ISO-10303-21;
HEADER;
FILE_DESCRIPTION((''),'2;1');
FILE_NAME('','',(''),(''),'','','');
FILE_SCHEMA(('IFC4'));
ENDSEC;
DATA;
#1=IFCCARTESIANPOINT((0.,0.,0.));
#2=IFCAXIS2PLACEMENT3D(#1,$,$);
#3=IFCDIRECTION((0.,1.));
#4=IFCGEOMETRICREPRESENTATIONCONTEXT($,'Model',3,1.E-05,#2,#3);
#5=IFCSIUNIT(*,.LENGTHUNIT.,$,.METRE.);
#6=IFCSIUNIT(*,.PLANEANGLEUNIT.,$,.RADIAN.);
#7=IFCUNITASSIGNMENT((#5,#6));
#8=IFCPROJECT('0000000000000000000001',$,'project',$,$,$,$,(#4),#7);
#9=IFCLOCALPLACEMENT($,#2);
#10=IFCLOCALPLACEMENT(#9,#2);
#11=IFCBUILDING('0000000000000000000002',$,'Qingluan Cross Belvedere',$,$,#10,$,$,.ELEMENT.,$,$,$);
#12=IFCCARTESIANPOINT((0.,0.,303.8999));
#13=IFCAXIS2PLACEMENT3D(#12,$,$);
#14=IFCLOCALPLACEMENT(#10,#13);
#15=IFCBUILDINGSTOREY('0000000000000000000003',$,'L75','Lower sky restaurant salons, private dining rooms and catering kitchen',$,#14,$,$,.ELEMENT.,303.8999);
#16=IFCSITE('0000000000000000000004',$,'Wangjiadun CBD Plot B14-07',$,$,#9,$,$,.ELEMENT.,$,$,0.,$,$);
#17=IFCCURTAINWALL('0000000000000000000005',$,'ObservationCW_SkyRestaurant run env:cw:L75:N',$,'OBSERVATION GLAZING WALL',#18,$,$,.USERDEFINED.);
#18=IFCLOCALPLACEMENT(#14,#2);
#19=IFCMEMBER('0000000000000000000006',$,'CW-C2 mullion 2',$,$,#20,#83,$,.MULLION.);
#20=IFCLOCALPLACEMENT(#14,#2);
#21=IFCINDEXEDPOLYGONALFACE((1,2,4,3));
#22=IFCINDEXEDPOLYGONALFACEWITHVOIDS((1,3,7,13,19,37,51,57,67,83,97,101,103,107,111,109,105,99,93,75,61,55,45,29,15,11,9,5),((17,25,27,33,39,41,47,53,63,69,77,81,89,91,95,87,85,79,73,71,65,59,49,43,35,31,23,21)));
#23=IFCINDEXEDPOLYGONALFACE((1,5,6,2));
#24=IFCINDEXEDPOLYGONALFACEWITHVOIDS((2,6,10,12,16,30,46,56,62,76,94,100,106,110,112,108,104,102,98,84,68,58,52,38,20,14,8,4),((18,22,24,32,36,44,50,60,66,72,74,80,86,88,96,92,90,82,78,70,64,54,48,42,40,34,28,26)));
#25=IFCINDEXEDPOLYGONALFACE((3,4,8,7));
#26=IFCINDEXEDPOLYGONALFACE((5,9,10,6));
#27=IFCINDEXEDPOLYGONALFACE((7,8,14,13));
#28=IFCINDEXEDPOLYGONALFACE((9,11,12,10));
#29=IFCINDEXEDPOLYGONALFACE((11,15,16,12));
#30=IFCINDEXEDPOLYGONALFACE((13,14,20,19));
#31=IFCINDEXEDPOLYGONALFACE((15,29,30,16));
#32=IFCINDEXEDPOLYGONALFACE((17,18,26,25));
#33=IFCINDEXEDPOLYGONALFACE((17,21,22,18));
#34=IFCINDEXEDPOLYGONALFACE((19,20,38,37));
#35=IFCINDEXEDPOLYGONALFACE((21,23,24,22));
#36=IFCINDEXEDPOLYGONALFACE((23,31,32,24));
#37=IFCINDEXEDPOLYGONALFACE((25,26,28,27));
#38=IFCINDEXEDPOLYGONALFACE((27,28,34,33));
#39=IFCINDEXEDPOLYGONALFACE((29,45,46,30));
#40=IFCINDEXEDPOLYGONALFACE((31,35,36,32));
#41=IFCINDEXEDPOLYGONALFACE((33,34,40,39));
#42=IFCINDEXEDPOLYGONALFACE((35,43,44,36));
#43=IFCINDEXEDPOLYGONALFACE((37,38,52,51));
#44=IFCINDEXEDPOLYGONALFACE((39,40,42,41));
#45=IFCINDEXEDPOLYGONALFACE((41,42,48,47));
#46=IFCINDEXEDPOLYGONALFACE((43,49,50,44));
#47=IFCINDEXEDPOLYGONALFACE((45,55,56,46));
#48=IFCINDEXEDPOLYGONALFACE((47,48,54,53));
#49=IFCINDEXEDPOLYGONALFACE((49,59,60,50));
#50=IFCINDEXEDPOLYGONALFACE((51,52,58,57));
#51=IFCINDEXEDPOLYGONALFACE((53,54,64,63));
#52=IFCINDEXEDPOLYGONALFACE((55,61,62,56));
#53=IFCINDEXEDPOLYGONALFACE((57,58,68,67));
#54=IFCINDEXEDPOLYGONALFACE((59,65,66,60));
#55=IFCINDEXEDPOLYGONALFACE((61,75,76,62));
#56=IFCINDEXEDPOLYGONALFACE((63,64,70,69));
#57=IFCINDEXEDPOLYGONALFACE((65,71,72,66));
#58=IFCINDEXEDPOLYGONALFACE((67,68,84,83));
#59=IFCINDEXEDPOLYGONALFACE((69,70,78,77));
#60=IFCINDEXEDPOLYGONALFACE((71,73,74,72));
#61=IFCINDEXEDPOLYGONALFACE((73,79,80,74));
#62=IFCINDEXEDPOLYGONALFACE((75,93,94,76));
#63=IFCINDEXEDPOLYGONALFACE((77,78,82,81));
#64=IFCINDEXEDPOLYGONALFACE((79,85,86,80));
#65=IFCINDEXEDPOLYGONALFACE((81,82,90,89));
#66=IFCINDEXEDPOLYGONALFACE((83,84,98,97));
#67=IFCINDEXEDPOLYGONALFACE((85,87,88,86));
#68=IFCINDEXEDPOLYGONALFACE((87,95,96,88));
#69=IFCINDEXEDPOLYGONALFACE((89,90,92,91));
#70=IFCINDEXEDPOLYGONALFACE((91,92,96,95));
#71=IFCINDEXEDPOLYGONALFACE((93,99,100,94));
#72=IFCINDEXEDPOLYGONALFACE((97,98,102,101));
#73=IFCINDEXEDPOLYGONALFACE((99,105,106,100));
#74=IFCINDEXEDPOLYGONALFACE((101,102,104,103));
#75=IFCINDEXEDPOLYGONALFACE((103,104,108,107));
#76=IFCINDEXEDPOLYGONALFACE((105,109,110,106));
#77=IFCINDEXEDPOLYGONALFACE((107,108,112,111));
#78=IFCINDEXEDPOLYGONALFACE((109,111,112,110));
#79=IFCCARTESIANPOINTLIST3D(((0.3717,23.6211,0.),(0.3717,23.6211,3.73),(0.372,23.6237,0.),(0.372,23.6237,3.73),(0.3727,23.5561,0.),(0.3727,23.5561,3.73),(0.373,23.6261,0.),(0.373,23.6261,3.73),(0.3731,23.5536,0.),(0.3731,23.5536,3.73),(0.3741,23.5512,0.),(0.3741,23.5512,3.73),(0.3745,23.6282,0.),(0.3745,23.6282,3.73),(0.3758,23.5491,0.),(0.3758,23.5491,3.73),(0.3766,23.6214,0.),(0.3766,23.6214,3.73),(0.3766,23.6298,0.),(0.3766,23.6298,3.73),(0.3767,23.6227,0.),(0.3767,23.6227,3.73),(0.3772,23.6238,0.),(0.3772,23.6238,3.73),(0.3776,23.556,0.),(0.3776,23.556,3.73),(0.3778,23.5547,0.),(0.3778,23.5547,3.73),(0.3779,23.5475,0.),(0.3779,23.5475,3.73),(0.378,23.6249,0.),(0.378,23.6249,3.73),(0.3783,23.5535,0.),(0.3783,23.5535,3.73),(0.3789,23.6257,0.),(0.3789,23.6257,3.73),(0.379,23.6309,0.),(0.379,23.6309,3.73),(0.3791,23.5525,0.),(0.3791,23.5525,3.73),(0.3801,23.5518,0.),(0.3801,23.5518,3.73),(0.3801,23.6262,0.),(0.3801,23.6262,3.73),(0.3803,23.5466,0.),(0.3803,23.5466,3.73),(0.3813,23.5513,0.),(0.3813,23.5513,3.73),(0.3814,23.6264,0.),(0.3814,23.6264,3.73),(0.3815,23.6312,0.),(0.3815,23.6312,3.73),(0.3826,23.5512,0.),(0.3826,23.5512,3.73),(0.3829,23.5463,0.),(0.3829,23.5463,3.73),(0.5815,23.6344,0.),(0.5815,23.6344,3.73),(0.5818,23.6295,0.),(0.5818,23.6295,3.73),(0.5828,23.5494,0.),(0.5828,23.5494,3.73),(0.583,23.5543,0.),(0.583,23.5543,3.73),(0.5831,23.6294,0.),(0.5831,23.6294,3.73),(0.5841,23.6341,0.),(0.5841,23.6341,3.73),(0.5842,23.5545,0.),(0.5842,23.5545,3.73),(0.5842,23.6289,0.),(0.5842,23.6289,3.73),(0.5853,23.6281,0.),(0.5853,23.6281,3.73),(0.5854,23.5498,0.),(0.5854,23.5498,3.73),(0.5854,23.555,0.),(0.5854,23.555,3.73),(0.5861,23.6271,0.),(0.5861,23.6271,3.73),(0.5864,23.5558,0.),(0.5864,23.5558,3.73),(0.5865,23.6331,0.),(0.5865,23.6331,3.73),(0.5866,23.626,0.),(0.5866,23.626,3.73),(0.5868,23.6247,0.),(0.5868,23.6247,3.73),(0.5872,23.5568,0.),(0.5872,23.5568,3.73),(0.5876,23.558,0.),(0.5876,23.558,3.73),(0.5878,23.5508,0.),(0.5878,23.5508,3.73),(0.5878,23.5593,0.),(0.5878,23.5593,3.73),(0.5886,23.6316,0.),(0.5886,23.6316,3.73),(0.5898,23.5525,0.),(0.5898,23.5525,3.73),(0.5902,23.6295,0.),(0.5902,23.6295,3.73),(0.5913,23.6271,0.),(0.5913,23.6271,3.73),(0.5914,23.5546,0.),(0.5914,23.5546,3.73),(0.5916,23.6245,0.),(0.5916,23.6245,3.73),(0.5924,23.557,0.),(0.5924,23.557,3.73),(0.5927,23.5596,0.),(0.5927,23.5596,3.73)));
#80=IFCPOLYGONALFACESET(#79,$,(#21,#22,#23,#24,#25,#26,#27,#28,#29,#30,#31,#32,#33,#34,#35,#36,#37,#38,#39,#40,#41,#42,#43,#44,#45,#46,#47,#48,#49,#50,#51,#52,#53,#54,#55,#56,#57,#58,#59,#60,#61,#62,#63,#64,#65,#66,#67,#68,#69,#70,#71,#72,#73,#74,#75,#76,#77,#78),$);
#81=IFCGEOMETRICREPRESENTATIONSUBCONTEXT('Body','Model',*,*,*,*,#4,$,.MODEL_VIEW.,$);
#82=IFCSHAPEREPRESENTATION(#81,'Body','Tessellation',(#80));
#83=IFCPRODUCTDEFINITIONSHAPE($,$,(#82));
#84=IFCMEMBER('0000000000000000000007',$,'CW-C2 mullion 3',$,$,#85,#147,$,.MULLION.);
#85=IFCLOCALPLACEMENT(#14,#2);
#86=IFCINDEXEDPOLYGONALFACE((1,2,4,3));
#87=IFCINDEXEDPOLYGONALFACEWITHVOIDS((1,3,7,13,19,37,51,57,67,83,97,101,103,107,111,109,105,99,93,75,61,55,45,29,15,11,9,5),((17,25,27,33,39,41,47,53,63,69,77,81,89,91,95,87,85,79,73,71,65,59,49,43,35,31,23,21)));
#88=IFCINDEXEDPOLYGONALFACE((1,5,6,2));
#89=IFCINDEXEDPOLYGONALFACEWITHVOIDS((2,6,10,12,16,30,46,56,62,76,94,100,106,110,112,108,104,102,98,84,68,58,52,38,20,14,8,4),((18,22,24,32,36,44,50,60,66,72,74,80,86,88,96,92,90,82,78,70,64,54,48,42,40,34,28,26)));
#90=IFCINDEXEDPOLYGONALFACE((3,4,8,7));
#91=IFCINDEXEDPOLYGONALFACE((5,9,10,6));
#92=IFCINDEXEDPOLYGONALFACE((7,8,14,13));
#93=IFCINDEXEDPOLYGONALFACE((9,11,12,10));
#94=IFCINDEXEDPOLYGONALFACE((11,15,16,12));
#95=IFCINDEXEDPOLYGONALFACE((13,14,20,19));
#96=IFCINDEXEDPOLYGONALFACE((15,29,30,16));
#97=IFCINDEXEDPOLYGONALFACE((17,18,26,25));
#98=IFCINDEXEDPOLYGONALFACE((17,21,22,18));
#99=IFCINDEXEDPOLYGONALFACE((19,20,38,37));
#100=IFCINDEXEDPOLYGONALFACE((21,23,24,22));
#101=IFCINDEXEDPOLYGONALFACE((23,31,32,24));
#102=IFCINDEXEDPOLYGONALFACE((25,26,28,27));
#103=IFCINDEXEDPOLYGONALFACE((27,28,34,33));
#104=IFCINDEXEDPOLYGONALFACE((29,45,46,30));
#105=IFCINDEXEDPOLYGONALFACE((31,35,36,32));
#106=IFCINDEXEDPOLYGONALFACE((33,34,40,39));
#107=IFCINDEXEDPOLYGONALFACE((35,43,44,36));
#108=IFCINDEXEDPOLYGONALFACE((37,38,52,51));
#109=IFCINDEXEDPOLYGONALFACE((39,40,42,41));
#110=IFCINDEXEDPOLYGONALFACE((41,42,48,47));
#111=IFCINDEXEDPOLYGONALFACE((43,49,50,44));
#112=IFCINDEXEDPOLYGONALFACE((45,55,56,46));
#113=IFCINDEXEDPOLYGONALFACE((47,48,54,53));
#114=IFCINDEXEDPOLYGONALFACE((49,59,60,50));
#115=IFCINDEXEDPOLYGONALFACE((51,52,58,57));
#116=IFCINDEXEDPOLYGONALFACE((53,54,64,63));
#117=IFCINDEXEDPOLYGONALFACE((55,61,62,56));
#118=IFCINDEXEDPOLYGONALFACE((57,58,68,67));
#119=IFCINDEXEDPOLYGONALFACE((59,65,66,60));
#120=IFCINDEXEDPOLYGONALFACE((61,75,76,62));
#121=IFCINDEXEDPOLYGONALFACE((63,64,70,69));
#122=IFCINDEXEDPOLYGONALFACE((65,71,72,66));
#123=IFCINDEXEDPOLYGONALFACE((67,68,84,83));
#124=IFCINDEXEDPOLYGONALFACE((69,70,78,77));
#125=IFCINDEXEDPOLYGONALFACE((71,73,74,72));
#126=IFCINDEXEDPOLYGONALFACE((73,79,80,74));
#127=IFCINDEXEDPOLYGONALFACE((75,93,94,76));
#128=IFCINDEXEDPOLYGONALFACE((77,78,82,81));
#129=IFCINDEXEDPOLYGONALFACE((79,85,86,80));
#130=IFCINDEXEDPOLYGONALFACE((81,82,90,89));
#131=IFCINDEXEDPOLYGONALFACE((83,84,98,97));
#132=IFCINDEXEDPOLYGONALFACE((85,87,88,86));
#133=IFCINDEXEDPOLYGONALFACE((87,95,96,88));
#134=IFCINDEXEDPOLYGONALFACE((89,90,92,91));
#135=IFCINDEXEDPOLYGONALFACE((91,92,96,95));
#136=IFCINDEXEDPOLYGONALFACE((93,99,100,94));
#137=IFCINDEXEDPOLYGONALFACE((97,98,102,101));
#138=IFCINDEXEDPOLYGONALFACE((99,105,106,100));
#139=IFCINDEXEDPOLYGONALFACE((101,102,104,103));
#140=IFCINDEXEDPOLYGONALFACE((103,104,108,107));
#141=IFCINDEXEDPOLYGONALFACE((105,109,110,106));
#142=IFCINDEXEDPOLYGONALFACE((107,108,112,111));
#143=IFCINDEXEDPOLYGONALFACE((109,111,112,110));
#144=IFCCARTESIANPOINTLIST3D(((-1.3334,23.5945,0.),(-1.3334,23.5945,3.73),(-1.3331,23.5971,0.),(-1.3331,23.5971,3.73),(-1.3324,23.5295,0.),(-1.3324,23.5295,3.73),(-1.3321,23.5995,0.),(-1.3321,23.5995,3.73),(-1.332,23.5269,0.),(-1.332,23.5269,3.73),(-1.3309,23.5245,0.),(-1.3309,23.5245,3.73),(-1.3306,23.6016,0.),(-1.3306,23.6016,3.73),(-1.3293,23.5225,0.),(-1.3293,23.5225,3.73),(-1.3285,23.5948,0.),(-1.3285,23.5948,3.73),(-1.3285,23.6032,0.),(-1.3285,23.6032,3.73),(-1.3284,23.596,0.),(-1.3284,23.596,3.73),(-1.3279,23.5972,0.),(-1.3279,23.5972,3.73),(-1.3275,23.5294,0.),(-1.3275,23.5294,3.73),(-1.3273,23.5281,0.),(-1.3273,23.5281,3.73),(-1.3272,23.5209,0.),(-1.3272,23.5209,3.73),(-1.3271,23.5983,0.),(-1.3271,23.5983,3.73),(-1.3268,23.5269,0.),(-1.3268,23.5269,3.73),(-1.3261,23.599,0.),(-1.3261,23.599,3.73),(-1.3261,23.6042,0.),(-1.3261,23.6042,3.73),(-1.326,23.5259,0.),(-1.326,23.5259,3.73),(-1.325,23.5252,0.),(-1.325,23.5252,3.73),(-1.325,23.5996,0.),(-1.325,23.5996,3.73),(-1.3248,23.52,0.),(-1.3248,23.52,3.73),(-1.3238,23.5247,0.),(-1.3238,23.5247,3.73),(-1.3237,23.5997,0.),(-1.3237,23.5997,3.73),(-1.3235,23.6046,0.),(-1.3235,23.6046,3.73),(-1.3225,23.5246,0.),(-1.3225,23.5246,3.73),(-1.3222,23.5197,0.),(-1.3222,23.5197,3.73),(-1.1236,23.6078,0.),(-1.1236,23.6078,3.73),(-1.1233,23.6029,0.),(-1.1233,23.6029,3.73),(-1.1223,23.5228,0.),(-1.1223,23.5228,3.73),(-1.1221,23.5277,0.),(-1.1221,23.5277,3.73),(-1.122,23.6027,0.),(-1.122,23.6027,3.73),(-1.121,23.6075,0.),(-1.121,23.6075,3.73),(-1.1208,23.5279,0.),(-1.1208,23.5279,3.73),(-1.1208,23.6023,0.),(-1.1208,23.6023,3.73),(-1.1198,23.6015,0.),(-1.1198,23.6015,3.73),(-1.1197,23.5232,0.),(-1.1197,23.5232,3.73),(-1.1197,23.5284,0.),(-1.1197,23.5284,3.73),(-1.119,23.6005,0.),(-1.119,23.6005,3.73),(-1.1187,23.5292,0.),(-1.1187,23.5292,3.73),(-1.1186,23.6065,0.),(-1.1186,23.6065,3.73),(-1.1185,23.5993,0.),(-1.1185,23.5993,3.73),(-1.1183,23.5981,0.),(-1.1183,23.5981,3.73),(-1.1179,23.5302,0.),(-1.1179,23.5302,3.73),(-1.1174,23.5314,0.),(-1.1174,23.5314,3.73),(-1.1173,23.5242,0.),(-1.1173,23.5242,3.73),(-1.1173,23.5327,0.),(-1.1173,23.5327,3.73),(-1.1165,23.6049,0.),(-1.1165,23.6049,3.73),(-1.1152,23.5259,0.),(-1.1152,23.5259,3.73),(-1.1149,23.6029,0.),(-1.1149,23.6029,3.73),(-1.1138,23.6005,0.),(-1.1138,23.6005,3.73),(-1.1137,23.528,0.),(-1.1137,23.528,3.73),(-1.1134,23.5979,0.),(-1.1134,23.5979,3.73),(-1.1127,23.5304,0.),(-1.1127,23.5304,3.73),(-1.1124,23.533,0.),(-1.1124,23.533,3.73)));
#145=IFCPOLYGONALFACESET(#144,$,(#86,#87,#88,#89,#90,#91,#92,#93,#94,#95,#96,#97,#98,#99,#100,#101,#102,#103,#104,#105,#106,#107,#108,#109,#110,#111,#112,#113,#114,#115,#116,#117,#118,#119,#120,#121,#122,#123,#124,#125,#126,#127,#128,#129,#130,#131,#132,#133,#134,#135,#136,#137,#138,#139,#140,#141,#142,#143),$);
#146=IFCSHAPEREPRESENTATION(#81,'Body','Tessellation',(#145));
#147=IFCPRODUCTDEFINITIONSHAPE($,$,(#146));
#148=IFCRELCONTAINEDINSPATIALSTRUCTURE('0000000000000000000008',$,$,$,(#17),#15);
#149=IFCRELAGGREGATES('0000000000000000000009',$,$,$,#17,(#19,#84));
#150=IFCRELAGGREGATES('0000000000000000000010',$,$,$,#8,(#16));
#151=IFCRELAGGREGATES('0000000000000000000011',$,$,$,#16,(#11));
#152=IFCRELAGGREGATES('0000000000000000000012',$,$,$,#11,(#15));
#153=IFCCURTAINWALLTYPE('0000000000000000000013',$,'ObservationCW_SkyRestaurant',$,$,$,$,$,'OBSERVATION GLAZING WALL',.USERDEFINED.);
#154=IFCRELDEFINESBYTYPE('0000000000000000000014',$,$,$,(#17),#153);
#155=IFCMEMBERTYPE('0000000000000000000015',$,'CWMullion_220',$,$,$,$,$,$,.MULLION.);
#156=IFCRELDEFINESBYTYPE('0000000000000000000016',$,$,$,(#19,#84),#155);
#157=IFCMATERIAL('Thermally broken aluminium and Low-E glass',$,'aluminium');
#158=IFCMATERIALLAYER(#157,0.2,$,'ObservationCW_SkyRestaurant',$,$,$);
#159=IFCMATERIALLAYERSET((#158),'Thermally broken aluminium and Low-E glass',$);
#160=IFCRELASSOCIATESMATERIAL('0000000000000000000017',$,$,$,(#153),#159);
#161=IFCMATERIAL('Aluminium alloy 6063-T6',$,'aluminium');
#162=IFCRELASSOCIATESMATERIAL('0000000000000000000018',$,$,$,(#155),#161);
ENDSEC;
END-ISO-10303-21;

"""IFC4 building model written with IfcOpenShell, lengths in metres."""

from ifc_helpers import new_model, si_unit, direction, frame, origin, origin_2d, place, context, subcontext, project, spatial, hollow_rectangle, extrude, material, layer, layer_set, material_profile, profile_set, type_object, element, aggregate, save


model = new_model("IFC4")

# Units and contexts
model_context = context("Model", 3, precision=1e-05, world=origin(), true_north=direction((0.0, 1.0)))
body_context = subcontext(model_context, "Body", "Model", "MODEL_VIEW")
ifc_project = project(units=[si_unit("LENGTHUNIT", "METRE"), si_unit("PLANEANGLEUNIT", "RADIAN")], contexts=[model_context])

# Site, building, storey
site_placement = place(None, origin())
site = spatial("IfcSite", under=ifc_project, at=site_placement, Name="Wangjiadun CBD Plot B14-07", CompositionType="ELEMENT", RefElevation=0.0)
building_placement = place(site_placement, origin())
building = spatial("IfcBuilding", under=site, at=building_placement, Name="Qingluan Cross Belvedere", CompositionType="ELEMENT")
storey_placement = place(building_placement, frame((0.0, 0.0, 303.8999)))
storey = spatial("IfcBuildingStorey", under=building, at=storey_placement, Name="L75", Description="Lower sky restaurant salons, private dining rooms and catering kitchen", CompositionType="ELEMENT", Elevation=303.8999)

# Curtain wall, members
ifc_material_1 = material(Name="Thermally broken aluminium and Low-E glass", Category="aluminium")
ifc_layer_1 = layer(ifc_material_1, 0.2, Name="ObservationCW_SkyRestaurant")
ifc_layer_set_1 = layer_set([ifc_layer_1], Name="Thermally broken aluminium and Low-E glass")
curtain_wall_type = type_object("IfcCurtainWallType", Name="ObservationCW_SkyRestaurant", ElementType="OBSERVATION GLAZING WALL", PredefinedType="USERDEFINED", material=ifc_layer_set_1)
curtain_wall_placement = place(storey_placement, origin())
curtain_wall = element("IfcCurtainWall", 1, at=curtain_wall_placement, inside=storey, type_object=curtain_wall_type, Name="ObservationCW_SkyRestaurant run env:cw:L75:N", ObjectType="OBSERVATION GLAZING WALL", PredefinedType="USERDEFINED")
ifc_material_2 = material(Name="Aluminium alloy 6063-T6", Category="aluminium")
ifc_material_profile_1 = material_profile(ifc_material_2, hollow_rectangle(XDim=0.085, YDim=0.22, WallThickness=0.0049, InnerFilletRadius=0.0049, OuterFilletRadius=0.01, at=origin_2d()), Name="CWM220x85x5")
ifc_profile_set_1 = profile_set([ifc_material_profile_1], Name="Aluminium alloy 6063-T6")
member_type_1 = type_object("IfcMemberType", Name="CWMullion_220", PredefinedType="MULLION", material=ifc_profile_set_1)
member_1_placement = place(storey_placement, frame((0.4822, 23.5903, 0.0), z_axis=(0.0, 0.0, 1.0), x_axis=(0.015696, -0.999877, 0.0)))
member_1 = element("IfcMember", 2, at=member_1_placement, type_object=member_type_1, Name="CW-C2 mullion 2", PredefinedType="MULLION", context=body_context, shape_type="SweptSolid", body=[
    extrude(hollow_rectangle(XDim=0.085, YDim=0.22, WallThickness=0.0049, InnerFilletRadius=0.0049, OuterFilletRadius=0.01, at=origin_2d()), origin(), (0.0, 0.0, 1.0), 3.73),
])
member_2_placement = place(storey_placement, frame((-1.2229, 23.5637, 0.0), z_axis=(0.0, 0.0, 1.0), x_axis=(0.015696, -0.999877, 0.0)))
member_2 = element("IfcMember", 3, at=member_2_placement, type_object=member_type_1, Name="CW-C2 mullion 3", PredefinedType="MULLION", context=body_context, shape_type="SweptSolid", body=[
    extrude(hollow_rectangle(XDim=0.085, YDim=0.22, WallThickness=0.0049, InnerFilletRadius=0.0049, OuterFilletRadius=0.01, at=origin_2d()), origin(), (0.0, 0.0, 1.0), 3.73),
])
aggregate(curtain_wall, [member_1, member_2])

save(model, "model.ifc")
